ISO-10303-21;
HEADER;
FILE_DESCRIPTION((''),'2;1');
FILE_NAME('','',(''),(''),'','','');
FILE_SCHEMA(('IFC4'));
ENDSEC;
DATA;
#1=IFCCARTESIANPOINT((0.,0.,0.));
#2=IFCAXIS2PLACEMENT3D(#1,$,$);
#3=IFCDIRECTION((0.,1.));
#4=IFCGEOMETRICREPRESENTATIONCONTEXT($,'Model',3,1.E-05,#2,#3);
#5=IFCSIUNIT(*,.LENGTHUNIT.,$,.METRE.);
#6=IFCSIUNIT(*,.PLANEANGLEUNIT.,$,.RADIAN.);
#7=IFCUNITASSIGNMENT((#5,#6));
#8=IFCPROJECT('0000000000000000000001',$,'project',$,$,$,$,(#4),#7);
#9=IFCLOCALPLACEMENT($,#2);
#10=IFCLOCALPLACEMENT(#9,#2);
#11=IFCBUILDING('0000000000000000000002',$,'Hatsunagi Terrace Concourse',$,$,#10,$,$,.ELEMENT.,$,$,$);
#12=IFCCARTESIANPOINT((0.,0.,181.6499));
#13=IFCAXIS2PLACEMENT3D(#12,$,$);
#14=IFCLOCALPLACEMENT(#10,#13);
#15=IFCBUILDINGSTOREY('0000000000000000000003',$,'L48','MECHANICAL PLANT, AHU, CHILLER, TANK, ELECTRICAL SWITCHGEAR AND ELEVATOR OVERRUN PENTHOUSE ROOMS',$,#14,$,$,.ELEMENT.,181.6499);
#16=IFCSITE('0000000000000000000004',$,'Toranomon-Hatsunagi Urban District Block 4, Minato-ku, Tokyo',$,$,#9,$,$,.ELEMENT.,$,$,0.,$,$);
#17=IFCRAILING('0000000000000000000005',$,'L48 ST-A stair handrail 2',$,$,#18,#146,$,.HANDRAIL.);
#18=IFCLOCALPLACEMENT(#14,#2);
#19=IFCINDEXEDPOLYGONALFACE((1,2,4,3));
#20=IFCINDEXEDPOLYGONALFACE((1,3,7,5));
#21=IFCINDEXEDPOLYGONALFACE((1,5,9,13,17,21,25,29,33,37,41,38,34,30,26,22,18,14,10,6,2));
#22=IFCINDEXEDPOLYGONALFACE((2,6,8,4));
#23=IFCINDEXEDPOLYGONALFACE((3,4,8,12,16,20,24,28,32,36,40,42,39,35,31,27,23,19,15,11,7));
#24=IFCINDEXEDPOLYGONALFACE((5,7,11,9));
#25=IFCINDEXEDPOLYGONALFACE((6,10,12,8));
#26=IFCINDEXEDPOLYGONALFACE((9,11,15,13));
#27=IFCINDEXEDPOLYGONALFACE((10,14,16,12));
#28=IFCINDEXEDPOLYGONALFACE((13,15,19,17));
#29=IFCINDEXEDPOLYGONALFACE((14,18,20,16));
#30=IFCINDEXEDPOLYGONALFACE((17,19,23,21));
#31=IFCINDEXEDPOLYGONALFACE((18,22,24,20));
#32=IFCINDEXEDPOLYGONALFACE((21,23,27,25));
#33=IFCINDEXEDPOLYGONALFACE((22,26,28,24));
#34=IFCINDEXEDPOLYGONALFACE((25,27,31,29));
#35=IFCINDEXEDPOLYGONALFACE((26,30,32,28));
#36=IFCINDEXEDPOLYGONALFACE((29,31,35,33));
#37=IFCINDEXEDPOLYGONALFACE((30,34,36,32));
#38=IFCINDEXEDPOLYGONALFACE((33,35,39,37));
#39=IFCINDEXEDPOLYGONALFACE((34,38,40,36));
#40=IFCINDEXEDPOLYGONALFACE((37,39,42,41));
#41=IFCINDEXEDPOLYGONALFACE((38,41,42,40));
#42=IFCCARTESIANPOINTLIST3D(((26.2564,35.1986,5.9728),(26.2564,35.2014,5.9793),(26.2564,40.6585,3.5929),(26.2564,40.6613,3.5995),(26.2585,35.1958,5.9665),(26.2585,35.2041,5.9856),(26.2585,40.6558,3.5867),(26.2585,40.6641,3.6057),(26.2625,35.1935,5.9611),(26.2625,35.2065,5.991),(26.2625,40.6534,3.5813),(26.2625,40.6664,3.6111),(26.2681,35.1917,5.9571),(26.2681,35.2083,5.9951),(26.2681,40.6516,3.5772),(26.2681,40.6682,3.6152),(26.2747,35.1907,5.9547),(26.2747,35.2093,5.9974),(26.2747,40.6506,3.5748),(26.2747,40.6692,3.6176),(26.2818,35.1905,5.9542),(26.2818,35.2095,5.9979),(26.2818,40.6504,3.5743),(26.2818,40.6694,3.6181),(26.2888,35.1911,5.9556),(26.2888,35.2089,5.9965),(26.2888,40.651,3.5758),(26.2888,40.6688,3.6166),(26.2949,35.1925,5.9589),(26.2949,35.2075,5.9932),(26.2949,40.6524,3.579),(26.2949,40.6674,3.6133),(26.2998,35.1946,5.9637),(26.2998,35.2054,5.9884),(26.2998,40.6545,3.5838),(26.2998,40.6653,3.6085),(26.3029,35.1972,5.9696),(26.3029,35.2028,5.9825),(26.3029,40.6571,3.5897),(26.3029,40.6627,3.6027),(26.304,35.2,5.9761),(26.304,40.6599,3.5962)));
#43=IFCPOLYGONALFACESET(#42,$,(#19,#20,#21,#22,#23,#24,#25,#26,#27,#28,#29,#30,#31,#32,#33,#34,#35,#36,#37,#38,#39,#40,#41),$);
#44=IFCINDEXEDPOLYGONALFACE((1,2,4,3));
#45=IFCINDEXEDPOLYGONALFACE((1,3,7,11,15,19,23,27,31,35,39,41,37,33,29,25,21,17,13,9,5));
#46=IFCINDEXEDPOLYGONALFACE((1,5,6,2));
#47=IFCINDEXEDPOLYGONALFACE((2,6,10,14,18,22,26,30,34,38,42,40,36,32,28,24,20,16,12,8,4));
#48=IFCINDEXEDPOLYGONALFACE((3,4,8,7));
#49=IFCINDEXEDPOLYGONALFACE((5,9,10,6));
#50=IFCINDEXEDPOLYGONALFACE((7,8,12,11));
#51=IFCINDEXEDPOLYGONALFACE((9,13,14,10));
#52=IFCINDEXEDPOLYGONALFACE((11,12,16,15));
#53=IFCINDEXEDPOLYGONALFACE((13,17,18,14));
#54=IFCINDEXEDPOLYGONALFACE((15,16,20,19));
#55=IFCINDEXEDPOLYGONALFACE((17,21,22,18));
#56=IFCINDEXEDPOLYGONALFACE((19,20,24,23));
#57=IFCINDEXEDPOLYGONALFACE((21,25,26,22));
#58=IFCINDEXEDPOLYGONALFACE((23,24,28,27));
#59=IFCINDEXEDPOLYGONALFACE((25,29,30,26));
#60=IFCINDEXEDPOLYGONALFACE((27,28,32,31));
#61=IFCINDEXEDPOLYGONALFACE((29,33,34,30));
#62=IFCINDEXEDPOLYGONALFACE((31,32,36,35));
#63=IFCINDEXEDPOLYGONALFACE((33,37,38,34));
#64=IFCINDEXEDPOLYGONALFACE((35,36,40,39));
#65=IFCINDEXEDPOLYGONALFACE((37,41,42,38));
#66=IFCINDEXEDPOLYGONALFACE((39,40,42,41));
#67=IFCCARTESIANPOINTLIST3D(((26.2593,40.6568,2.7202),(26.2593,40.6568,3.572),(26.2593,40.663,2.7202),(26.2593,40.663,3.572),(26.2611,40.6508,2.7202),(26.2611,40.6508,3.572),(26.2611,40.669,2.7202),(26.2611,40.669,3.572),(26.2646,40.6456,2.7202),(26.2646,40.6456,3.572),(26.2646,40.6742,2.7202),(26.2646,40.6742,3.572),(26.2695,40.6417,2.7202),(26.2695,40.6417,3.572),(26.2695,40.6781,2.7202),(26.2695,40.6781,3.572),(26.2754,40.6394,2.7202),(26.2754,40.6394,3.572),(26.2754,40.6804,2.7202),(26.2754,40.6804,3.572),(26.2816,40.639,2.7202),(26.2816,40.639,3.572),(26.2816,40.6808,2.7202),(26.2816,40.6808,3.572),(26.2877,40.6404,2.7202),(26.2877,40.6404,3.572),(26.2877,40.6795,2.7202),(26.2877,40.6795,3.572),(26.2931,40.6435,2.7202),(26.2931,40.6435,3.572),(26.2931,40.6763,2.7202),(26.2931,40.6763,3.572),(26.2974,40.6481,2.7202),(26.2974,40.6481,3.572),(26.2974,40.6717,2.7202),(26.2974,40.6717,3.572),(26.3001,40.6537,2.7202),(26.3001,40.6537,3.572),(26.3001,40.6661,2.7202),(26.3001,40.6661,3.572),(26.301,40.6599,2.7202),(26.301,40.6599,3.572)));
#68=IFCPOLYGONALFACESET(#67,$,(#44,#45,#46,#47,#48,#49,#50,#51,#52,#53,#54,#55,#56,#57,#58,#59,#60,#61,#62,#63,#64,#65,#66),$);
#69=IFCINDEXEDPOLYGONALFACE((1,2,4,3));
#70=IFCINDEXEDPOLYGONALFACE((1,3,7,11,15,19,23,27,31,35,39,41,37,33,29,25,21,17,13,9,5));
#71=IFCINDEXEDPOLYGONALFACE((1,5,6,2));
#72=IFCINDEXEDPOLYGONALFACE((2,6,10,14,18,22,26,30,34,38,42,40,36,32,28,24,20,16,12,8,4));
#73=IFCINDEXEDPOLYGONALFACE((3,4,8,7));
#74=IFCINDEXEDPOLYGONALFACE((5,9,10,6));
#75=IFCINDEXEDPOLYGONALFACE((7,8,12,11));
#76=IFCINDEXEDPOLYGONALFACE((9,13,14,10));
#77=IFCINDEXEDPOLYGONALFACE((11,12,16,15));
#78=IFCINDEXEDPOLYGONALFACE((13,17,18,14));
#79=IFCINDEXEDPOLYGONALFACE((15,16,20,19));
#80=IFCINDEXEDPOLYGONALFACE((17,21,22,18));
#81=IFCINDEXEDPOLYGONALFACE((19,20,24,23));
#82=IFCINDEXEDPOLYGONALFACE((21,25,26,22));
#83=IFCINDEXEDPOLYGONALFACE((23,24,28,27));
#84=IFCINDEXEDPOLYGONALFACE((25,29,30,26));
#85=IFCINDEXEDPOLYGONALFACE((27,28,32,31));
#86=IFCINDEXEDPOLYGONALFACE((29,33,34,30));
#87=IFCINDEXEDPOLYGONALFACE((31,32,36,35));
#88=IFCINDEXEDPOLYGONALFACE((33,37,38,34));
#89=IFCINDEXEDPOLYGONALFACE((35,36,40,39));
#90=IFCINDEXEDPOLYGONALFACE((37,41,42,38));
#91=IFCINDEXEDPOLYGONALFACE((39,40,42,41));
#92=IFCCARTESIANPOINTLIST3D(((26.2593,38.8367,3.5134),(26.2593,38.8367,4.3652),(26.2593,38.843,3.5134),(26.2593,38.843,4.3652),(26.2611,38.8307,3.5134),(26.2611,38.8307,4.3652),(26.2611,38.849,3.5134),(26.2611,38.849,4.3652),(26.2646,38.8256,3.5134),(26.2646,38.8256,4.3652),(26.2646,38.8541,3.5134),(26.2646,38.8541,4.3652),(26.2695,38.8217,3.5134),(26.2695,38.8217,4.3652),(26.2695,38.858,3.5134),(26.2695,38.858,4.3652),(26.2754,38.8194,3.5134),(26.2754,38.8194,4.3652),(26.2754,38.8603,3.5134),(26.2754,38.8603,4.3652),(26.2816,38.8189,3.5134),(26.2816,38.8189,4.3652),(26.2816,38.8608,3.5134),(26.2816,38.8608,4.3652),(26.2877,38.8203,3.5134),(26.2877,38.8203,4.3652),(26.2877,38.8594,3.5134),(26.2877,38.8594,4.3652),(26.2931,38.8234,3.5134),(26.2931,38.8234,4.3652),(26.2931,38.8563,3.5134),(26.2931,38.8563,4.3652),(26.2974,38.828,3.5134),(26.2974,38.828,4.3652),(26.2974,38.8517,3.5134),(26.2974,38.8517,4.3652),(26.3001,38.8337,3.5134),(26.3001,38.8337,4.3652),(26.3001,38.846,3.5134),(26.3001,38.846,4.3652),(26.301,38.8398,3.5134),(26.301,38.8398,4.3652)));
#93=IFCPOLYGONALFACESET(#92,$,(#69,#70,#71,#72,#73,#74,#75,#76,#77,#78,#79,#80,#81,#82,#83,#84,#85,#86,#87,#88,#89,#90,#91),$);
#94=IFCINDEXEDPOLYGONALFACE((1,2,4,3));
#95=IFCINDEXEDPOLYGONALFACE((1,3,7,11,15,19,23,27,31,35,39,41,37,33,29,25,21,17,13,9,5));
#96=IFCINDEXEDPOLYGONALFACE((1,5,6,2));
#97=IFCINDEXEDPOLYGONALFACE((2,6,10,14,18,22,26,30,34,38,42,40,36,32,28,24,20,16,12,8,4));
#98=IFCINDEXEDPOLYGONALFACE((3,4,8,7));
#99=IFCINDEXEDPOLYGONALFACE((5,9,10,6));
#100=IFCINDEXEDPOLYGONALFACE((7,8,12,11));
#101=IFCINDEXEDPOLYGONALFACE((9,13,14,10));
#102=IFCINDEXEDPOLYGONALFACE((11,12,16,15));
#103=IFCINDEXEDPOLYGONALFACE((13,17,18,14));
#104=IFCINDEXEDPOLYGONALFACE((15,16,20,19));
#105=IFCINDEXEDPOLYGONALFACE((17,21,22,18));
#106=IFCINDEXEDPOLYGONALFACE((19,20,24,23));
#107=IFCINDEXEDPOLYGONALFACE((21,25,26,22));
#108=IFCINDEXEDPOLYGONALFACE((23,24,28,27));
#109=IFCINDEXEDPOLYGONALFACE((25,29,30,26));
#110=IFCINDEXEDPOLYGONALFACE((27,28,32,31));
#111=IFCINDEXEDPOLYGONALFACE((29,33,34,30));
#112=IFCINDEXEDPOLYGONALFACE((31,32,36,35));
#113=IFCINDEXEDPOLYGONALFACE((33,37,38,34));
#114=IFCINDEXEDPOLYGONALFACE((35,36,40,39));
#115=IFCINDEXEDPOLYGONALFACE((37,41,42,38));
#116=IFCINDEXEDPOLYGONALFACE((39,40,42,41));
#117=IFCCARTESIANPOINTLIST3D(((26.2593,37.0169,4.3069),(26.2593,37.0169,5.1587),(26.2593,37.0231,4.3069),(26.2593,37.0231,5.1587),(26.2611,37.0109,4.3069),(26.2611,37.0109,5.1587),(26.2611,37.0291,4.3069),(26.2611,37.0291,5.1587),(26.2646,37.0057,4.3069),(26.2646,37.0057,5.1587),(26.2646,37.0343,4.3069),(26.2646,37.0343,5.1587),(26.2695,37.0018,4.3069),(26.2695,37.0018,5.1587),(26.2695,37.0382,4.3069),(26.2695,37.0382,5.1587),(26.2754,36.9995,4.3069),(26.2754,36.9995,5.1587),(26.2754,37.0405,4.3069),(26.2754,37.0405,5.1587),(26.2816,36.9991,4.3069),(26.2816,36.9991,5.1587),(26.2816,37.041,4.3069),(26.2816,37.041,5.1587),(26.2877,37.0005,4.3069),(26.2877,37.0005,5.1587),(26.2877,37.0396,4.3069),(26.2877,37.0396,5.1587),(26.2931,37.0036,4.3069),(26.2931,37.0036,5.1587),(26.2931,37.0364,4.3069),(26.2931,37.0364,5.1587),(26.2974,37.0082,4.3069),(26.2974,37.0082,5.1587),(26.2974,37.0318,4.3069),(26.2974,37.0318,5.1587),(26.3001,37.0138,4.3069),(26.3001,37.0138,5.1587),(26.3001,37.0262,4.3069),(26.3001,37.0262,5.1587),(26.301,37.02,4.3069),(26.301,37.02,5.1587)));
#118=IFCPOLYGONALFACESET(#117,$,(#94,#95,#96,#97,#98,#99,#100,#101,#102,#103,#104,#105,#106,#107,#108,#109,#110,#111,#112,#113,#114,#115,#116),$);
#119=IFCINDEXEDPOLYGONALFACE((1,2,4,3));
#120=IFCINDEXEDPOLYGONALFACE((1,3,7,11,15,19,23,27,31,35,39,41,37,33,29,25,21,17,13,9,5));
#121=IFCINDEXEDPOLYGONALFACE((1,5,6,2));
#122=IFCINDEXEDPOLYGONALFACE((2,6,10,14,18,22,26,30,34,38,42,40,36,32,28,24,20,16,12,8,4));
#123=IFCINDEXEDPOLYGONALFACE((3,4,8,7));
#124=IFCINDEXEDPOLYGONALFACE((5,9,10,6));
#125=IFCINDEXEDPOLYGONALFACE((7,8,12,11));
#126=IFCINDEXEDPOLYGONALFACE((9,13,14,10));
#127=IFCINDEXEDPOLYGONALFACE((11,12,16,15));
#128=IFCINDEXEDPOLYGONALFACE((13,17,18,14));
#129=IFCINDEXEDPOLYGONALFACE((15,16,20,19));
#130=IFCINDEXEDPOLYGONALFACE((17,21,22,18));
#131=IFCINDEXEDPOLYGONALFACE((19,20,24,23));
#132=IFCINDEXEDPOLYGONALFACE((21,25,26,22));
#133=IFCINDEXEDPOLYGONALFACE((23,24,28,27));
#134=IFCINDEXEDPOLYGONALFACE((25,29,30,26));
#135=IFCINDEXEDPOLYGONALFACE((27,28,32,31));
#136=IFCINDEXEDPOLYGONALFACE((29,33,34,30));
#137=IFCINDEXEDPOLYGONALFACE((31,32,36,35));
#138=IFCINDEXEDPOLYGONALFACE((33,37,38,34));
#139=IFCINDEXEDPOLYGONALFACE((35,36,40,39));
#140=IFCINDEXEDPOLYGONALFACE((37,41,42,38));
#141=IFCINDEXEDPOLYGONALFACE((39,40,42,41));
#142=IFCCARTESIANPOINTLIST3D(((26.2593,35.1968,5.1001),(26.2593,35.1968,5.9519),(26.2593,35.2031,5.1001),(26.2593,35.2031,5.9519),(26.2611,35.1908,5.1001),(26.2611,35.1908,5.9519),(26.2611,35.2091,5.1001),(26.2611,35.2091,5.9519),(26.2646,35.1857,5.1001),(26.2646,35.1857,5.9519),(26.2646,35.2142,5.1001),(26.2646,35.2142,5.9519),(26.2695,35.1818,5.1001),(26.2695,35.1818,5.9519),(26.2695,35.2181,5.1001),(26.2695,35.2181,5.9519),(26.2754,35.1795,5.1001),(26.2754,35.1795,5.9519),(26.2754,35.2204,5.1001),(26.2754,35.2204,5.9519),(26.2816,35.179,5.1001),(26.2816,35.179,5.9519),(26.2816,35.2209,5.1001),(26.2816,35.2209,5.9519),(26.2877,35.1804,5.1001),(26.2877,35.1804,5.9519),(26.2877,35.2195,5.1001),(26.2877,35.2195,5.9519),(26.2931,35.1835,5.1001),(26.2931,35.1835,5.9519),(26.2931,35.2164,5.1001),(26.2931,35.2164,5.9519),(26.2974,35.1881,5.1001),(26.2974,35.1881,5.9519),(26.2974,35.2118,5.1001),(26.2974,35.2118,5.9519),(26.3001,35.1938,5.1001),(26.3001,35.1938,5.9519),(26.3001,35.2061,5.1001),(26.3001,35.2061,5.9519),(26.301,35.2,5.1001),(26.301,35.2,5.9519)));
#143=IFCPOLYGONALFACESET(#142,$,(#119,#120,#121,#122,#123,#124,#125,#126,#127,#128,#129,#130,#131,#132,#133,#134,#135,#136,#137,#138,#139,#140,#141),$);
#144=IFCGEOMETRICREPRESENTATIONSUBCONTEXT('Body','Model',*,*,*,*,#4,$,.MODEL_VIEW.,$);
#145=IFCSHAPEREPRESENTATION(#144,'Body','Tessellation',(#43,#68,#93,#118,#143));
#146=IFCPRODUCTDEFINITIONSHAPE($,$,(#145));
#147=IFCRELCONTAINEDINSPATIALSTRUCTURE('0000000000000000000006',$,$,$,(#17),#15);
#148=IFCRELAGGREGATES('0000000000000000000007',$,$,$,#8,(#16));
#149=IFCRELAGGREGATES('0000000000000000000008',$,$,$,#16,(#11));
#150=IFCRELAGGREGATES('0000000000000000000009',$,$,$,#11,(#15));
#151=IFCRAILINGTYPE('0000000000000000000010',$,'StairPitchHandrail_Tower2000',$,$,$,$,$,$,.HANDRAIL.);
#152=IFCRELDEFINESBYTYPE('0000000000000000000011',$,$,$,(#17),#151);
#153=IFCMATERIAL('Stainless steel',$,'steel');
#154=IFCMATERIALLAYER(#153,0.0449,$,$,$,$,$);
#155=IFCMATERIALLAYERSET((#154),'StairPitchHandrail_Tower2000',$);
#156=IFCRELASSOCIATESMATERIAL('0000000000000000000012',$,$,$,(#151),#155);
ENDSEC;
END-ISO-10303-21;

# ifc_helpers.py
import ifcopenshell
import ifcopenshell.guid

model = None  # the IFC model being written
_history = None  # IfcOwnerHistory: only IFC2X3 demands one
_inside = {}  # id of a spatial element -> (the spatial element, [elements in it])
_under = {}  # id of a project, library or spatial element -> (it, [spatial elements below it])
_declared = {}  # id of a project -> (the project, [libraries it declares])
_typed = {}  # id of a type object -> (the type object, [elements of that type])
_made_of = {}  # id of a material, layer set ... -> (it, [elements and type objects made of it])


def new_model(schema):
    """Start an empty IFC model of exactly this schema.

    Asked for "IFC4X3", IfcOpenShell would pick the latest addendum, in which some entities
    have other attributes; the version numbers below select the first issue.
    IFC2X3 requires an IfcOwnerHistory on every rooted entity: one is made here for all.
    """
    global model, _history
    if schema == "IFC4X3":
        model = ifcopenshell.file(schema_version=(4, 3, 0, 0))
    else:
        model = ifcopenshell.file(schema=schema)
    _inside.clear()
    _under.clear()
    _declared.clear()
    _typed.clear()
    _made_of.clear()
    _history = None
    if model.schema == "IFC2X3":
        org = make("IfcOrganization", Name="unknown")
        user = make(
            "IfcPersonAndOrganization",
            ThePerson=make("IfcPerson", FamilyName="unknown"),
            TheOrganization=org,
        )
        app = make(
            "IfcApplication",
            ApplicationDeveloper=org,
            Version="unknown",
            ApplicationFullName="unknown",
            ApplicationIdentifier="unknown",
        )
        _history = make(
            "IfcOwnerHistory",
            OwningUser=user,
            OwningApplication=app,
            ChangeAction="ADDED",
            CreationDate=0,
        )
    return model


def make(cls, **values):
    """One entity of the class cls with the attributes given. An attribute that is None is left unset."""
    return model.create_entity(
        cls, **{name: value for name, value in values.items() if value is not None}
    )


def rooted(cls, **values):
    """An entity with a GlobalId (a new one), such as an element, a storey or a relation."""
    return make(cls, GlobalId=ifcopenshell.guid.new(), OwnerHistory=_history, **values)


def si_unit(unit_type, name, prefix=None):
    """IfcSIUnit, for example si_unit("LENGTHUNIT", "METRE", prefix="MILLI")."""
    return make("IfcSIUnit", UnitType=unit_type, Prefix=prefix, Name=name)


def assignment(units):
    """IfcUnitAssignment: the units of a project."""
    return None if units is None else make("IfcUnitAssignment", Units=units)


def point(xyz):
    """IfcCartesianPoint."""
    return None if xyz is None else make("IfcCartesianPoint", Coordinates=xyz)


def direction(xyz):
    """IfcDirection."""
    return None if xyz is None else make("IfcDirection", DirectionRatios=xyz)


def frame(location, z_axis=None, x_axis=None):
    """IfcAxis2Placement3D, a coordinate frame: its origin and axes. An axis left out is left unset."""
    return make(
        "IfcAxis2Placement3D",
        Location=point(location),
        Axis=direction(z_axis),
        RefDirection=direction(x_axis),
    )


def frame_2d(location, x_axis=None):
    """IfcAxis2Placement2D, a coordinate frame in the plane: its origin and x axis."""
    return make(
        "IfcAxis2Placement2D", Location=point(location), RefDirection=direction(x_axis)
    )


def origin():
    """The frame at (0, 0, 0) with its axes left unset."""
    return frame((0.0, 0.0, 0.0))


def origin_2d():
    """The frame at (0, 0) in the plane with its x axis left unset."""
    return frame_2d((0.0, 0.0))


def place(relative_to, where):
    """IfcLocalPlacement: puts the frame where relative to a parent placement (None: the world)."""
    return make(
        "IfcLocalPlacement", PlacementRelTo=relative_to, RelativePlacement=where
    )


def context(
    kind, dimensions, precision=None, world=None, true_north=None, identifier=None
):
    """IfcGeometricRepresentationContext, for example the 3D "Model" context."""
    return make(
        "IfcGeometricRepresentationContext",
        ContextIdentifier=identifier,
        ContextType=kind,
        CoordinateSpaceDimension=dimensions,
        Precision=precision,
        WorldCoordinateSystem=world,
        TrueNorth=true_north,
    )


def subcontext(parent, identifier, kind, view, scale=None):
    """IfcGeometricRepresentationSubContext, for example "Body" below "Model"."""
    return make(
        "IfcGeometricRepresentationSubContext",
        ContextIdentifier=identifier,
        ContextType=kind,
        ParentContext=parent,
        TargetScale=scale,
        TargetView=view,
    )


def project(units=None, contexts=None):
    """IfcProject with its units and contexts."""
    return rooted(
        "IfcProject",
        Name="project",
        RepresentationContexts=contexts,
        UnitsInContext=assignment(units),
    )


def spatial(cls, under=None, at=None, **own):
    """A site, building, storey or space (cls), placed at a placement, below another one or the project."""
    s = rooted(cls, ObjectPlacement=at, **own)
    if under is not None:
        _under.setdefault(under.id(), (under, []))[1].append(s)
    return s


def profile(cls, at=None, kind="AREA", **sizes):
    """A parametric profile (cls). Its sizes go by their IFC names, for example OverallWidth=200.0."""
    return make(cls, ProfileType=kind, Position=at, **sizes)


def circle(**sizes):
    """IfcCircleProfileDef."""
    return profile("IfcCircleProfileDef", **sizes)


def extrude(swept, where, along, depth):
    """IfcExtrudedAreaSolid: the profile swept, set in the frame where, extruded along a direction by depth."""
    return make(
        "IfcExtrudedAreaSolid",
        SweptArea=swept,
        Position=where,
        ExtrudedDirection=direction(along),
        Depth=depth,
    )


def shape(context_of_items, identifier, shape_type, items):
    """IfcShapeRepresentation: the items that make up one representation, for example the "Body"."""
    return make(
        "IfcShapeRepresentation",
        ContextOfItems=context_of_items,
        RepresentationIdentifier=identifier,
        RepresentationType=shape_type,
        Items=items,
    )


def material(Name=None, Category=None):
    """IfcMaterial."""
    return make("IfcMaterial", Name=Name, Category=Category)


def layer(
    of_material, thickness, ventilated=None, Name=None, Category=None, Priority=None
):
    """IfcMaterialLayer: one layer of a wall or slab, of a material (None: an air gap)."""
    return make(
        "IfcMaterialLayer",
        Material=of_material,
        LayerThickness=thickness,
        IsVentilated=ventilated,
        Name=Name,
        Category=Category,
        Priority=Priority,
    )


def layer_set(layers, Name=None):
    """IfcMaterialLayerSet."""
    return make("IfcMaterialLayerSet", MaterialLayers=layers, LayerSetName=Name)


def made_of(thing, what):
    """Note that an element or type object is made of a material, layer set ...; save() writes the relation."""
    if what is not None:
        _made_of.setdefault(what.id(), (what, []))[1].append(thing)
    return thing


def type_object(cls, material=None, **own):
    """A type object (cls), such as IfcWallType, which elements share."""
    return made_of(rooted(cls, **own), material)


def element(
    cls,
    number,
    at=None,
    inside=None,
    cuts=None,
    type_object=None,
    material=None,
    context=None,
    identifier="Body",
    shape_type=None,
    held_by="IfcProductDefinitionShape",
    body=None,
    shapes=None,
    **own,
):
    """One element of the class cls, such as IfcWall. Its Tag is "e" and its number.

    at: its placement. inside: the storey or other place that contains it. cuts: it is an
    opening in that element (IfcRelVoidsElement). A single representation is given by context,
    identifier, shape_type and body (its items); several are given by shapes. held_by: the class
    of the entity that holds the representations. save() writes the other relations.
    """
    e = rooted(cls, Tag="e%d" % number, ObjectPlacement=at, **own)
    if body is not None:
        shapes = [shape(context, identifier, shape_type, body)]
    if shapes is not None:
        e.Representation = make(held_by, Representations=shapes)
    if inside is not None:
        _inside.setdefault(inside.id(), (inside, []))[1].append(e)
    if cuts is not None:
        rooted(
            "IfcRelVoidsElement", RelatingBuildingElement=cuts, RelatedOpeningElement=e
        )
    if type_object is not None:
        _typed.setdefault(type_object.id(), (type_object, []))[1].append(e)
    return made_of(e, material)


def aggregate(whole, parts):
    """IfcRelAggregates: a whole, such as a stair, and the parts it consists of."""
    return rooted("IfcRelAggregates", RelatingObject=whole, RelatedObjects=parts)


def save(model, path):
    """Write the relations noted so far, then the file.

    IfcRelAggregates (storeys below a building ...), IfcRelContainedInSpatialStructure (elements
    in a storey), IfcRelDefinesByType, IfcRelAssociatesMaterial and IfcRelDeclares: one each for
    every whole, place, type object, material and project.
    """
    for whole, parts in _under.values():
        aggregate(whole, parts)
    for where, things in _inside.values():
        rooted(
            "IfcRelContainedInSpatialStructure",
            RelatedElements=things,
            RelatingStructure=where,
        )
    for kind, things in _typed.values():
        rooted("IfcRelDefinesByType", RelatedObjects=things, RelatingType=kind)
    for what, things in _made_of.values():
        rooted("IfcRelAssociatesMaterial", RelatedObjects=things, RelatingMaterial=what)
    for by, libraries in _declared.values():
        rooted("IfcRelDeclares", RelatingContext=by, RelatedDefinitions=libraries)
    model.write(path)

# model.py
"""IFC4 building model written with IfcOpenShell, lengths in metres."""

from ifc_helpers import new_model, si_unit, direction, frame, origin, origin_2d, place, context, subcontext, project, spatial, circle, extrude, material, layer, layer_set, type_object, element, save


model = new_model("IFC4")

# Units and contexts
model_context = context("Model", 3, precision=1e-05, world=origin(), true_north=direction((0.0, 1.0)))
body_context = subcontext(model_context, "Body", "Model", "MODEL_VIEW")
ifc_project = project(units=[si_unit("LENGTHUNIT", "METRE"), si_unit("PLANEANGLEUNIT", "RADIAN")], contexts=[model_context])

# Site, building, storey
site_placement = place(None, origin())
site = spatial("IfcSite", under=ifc_project, at=site_placement, Name="Toranomon-Hatsunagi Urban District Block 4, Minato-ku, Tokyo", CompositionType="ELEMENT", RefElevation=0.0)
building_placement = place(site_placement, origin())
building = spatial("IfcBuilding", under=site, at=building_placement, Name="Hatsunagi Terrace Concourse", CompositionType="ELEMENT")
storey_placement = place(building_placement, frame((0.0, 0.0, 181.6499)))
storey = spatial("IfcBuildingStorey", under=building, at=storey_placement, Name="L48", Description="MECHANICAL PLANT, AHU, CHILLER, TANK, ELECTRICAL SWITCHGEAR AND ELEVATOR OVERRUN PENTHOUSE ROOMS", CompositionType="ELEMENT", Elevation=181.6499)

# Railing
ifc_material_1 = material(Name="Stainless steel", Category="steel")
ifc_layer_1 = layer(ifc_material_1, 0.0449)
ifc_layer_set_1 = layer_set([ifc_layer_1], Name="StairPitchHandrail_Tower2000")
railing_type_1 = type_object("IfcRailingType", Name="StairPitchHandrail_Tower2000", PredefinedType="HANDRAIL", material=ifc_layer_set_1)
railing_1_placement = place(storey_placement, frame((26.28, 40.6599, 2.7202)))
element("IfcRailing", 1, at=railing_1_placement, inside=storey, type_object=railing_type_1, Name="L48 ST-A stair handrail 2", PredefinedType="HANDRAIL", context=body_context, shape_type="SweptSolid", body=[
    extrude(circle(Radius=0.0239, at=origin_2d()), frame((0.0, 0.0, 0.876), z_axis=(0.0, -0.916702, 0.399571), x_axis=(1.0, 0.0, 0.0)), (0.0, 0.0, 1.0), 5.9561),
    extrude(circle(Radius=0.021, at=origin_2d()), origin(), (0.0, 0.0, 1.0), 0.8518),
    extrude(circle(Radius=0.021, at=origin_2d()), frame((0.0, -1.8201, 0.7932)), (0.0, 0.0, 1.0), 0.8518),
    extrude(circle(Radius=0.021, at=origin_2d()), frame((0.0, -3.6399, 1.5867)), (0.0, 0.0, 1.0), 0.8518),
    extrude(circle(Radius=0.021, at=origin_2d()), frame((0.0, -5.46, 2.3799)), (0.0, 0.0, 1.0), 0.8518),
])

save(model, "model.ifc")
